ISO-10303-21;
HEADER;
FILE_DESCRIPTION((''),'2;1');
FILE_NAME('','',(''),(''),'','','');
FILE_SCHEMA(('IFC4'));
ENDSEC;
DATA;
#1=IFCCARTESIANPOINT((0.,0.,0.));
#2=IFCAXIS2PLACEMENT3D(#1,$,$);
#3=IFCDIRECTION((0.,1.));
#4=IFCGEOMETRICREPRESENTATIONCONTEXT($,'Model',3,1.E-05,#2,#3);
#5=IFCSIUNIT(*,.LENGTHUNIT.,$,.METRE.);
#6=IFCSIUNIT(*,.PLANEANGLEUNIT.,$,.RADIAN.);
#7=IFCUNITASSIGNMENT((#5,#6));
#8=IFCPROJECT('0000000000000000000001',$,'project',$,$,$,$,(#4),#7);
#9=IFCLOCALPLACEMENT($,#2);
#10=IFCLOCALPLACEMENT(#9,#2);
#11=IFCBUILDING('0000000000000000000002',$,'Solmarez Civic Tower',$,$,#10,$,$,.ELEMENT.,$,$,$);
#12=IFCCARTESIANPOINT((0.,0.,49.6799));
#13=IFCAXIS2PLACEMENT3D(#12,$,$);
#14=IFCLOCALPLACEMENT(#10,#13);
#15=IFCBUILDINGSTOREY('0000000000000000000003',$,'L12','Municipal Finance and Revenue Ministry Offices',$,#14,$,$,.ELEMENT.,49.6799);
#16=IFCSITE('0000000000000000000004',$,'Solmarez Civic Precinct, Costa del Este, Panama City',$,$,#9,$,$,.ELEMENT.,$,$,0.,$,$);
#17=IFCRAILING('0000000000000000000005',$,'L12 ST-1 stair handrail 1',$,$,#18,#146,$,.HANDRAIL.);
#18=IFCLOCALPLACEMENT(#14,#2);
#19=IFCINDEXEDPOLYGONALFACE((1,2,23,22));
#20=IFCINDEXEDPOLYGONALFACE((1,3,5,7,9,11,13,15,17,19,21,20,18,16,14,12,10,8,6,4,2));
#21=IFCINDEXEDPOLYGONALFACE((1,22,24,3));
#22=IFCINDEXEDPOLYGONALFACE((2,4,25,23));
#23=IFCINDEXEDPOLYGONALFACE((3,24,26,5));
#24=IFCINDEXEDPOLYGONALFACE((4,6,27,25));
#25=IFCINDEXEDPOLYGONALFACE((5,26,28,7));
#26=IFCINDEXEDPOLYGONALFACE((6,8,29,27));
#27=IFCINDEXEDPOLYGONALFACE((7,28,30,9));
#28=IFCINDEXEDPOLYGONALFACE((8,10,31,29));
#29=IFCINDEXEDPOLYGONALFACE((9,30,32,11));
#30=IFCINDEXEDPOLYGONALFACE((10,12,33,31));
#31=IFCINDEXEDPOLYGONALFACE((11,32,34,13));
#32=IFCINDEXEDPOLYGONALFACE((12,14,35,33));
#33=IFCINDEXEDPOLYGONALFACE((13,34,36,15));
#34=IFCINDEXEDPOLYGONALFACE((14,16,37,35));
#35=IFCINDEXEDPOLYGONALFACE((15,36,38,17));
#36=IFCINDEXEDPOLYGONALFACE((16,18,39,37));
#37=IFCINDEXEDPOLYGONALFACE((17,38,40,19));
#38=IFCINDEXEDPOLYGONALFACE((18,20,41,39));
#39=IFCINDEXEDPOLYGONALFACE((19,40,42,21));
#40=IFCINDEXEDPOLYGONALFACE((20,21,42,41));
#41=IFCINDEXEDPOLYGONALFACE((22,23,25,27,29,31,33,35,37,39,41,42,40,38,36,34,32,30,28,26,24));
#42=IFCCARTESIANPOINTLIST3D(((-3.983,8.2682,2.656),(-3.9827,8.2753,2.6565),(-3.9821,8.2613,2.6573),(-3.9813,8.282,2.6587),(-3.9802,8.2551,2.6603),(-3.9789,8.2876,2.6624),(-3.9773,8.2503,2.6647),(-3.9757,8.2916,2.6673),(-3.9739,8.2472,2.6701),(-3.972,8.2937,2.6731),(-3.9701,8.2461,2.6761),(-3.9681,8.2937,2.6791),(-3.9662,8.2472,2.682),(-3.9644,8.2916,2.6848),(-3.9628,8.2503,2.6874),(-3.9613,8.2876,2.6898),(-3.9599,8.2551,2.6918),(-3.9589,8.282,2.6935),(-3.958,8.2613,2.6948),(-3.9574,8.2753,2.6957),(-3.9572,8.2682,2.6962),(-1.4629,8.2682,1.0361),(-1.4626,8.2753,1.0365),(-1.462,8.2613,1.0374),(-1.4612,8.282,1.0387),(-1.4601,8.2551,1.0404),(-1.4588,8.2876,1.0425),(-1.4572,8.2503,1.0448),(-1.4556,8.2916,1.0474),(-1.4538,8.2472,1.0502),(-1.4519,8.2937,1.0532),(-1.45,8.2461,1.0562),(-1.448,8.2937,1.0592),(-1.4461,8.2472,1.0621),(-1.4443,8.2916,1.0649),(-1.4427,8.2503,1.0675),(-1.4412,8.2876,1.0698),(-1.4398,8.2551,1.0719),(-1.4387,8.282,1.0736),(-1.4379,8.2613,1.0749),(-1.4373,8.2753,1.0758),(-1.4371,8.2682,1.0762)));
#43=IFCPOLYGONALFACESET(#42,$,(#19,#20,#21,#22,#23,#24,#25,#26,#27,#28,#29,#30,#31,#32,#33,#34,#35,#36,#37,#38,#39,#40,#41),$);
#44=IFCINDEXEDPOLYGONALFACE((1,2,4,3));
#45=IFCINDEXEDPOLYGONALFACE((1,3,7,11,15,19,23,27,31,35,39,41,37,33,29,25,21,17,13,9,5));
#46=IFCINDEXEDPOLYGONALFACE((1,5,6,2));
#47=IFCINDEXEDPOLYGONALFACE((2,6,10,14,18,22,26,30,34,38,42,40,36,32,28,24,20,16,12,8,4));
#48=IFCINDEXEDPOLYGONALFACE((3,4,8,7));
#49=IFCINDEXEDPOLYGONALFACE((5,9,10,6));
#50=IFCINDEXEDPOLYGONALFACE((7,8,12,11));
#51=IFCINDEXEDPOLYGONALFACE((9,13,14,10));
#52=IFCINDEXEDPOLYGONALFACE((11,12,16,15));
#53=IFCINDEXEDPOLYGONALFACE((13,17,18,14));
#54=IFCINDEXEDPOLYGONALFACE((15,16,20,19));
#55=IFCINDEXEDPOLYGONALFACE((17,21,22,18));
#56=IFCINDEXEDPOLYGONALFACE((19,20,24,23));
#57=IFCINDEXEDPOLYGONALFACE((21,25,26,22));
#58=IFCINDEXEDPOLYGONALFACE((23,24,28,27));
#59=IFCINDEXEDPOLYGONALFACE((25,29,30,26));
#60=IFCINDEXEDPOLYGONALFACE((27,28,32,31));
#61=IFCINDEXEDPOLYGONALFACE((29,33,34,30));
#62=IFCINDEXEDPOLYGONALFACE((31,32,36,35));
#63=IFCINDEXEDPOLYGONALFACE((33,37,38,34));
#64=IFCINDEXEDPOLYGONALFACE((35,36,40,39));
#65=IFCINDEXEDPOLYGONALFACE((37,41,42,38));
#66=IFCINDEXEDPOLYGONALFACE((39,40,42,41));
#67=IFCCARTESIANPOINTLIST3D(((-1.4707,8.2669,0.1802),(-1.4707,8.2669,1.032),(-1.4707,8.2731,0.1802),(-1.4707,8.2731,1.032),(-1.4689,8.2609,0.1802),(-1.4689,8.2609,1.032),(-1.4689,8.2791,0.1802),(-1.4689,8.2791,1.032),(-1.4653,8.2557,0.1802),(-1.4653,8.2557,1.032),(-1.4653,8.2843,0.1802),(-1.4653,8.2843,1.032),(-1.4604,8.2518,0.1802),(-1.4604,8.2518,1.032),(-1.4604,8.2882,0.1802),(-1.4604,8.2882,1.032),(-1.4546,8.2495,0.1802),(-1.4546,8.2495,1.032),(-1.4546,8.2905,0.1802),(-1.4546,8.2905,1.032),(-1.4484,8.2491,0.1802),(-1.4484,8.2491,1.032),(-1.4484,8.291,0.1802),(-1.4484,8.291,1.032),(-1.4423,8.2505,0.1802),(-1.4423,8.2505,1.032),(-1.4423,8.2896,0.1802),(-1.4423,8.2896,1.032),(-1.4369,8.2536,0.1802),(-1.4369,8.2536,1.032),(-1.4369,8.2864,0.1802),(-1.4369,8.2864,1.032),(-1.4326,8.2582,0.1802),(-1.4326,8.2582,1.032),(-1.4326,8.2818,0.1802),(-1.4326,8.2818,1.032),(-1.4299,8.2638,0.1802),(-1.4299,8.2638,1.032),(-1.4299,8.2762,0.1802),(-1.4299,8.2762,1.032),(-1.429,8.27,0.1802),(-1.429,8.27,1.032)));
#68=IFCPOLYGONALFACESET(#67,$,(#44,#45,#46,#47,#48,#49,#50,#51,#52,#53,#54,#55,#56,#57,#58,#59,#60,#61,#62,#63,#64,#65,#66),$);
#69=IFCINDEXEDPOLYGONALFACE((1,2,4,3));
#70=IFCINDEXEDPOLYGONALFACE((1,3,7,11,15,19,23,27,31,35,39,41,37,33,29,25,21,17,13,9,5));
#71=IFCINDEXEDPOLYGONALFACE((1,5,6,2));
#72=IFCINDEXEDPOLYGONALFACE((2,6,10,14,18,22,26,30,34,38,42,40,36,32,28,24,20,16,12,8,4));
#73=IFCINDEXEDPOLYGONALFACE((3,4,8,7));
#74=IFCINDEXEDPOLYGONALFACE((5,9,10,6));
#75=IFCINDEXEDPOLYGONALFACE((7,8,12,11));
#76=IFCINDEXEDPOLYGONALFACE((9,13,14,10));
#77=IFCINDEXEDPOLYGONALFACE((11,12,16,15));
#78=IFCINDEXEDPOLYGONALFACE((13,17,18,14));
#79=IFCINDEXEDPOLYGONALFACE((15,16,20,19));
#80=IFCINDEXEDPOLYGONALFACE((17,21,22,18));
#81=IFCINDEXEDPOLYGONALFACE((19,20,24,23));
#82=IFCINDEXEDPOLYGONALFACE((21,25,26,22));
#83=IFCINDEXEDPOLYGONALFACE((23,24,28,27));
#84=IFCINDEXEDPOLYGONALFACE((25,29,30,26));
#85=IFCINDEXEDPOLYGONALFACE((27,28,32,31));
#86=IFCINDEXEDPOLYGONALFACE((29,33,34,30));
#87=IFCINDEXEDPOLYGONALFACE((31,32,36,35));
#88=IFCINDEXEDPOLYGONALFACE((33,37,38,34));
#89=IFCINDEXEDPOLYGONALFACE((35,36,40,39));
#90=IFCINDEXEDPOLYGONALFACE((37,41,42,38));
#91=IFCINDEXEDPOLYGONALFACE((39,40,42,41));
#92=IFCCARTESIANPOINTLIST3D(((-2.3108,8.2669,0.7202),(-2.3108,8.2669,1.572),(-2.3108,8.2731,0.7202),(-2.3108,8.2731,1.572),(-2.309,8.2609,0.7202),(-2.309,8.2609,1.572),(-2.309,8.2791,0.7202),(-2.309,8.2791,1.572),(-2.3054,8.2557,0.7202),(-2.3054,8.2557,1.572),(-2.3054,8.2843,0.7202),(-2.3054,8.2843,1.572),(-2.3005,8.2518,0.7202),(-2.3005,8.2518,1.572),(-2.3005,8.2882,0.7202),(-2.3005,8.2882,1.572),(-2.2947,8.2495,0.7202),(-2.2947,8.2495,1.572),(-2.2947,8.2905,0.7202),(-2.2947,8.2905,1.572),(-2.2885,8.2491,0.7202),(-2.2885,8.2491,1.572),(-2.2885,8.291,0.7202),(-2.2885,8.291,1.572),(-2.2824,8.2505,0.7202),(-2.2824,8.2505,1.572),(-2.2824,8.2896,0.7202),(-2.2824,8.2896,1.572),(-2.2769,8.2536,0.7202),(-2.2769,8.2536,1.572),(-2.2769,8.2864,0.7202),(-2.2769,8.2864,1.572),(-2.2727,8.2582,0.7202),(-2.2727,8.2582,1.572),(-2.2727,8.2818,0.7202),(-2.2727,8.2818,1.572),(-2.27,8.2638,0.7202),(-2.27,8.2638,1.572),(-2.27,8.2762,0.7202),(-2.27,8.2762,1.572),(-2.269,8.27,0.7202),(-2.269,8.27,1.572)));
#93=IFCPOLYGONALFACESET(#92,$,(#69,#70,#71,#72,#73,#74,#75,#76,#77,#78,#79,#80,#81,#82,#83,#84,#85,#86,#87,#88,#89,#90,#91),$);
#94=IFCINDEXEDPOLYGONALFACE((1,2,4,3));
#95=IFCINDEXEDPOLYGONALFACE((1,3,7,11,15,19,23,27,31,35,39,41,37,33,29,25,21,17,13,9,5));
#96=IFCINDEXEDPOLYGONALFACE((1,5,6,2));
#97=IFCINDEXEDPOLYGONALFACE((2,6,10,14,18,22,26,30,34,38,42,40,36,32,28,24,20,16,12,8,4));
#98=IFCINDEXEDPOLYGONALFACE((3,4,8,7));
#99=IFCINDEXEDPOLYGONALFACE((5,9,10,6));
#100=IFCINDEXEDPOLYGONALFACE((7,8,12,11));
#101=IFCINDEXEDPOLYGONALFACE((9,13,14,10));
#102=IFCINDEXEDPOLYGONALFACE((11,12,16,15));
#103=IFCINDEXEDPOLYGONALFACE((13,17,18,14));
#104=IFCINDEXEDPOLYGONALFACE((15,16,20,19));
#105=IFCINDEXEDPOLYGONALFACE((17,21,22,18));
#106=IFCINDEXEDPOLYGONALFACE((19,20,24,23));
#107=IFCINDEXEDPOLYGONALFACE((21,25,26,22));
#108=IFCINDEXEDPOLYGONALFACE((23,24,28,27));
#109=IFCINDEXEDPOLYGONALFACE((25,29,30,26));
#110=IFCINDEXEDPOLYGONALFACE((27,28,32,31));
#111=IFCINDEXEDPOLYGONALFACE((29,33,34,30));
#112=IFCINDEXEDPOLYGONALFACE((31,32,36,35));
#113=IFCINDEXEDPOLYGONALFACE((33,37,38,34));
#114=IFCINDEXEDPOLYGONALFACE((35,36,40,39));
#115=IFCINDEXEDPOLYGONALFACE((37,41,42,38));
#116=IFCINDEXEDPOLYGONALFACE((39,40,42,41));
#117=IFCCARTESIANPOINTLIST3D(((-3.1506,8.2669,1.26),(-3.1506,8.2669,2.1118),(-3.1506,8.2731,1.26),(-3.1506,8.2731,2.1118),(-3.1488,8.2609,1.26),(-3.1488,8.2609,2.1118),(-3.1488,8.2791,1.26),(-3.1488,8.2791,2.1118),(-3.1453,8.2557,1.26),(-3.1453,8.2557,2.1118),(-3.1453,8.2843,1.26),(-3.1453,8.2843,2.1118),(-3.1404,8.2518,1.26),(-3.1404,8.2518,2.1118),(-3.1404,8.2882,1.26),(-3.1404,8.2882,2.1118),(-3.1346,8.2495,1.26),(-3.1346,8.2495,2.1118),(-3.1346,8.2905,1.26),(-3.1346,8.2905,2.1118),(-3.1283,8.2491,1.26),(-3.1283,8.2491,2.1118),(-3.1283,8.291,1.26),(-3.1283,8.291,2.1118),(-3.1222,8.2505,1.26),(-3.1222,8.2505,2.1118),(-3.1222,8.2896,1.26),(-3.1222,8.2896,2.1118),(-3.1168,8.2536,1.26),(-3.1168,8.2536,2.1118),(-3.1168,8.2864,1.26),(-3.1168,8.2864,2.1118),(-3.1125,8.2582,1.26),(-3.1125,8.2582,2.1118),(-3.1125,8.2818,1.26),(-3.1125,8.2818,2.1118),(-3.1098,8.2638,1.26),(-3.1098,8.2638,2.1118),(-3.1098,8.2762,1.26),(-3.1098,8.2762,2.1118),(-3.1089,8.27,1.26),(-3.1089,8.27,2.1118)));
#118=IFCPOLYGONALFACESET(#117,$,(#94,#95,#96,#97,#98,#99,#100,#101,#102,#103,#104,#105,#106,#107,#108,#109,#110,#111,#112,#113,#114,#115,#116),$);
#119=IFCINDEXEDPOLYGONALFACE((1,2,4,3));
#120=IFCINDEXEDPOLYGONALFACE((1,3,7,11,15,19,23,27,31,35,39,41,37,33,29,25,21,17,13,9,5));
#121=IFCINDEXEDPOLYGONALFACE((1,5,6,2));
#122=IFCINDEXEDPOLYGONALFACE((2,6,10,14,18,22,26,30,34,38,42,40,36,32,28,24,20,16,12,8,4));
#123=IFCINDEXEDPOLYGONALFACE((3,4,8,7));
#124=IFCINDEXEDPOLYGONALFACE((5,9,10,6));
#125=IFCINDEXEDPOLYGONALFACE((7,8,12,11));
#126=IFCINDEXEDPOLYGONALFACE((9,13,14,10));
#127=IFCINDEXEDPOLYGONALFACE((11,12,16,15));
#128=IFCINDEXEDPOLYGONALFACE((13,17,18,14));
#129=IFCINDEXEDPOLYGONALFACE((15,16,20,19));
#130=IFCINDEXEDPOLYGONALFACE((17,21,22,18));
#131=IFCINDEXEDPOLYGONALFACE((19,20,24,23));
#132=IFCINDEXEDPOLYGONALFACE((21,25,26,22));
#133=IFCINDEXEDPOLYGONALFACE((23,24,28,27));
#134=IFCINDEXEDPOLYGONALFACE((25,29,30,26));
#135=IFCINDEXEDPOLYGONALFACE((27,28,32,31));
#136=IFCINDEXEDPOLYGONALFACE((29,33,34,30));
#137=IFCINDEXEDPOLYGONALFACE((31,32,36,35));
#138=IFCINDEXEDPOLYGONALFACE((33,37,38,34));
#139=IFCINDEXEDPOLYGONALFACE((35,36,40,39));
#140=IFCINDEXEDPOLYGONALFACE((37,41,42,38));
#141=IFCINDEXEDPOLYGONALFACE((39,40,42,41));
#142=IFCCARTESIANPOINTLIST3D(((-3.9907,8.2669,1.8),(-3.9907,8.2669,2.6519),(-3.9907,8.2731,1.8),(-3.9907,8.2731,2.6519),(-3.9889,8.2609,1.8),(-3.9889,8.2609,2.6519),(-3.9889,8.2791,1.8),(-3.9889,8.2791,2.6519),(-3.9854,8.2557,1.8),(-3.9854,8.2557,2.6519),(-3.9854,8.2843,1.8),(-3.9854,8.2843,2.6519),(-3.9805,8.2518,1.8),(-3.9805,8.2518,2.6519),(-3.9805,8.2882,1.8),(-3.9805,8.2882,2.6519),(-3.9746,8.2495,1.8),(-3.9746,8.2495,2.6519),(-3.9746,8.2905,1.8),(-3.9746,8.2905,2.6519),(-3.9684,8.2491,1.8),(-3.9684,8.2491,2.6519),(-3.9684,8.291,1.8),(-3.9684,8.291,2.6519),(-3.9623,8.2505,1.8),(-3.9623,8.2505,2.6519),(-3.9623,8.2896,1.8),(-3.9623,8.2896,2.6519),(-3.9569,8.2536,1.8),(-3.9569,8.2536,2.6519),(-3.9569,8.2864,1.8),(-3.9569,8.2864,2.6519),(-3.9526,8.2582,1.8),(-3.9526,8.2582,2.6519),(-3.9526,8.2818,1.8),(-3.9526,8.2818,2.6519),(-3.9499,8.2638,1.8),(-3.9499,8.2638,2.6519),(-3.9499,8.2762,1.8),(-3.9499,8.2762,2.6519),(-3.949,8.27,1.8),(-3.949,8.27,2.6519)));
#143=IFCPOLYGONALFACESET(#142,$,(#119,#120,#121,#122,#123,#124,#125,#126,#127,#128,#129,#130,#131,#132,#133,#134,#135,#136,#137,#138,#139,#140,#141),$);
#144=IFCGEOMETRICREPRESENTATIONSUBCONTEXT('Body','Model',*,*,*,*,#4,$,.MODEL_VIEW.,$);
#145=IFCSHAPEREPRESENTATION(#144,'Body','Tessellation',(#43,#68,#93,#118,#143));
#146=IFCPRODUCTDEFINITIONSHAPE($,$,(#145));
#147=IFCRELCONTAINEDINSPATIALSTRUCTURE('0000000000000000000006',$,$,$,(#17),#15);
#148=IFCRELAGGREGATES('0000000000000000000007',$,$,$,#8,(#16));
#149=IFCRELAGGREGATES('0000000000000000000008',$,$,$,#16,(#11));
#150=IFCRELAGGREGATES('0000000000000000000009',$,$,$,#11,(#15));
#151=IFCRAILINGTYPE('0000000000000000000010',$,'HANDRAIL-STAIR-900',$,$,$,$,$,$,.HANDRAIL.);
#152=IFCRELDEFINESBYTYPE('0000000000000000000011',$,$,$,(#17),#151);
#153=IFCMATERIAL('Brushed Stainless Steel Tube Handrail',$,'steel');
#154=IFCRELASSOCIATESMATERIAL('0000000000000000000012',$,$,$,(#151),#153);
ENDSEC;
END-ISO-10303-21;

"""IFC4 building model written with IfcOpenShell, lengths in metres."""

from ifc_helpers import new_model, si_unit, direction, frame, origin, origin_2d, place, context, subcontext, project, spatial, circle, extrude, material, type_object, element, save


model = new_model("IFC4")

# Units and contexts
model_context = context("Model", 3, precision=1e-05, world=origin(), true_north=direction((0.0, 1.0)))
body_context = subcontext(model_context, "Body", "Model", "MODEL_VIEW")
ifc_project = project(units=[si_unit("LENGTHUNIT", "METRE"), si_unit("PLANEANGLEUNIT", "RADIAN")], contexts=[model_context])

# Site, building, storey
site_placement = place(None, origin())
site = spatial("IfcSite", under=ifc_project, at=site_placement, Name="Solmarez Civic Precinct, Costa del Este, Panama City", CompositionType="ELEMENT", RefElevation=0.0)
building_placement = place(site_placement, origin())
building = spatial("IfcBuilding", under=site, at=building_placement, Name="Solmarez Civic Tower", CompositionType="ELEMENT")
storey_placement = place(building_placement, frame((0.0, 0.0, 49.6799)))
storey = spatial("IfcBuildingStorey", under=building, at=storey_placement, Name="L12", Description="Municipal Finance and Revenue Ministry Offices", CompositionType="ELEMENT", Elevation=49.6799)

# Railing
ifc_material_1 = material(Name="Brushed Stainless Steel Tube Handrail", Category="steel")
railing_type_1 = type_object("IfcRailingType", Name="HANDRAIL-STAIR-900", PredefinedType="HANDRAIL", material=ifc_material_1)
railing_1_placement = place(storey_placement, frame((-1.45, 8.27, 0.1802)))
element("IfcRailing", 1, at=railing_1_placement, inside=storey, type_object=railing_type_1, Name="L12 ST-1 stair handrail 1", PredefinedType="HANDRAIL", context=body_context, shape_type="SweptSolid", body=[
    extrude(circle(Radius=0.0239, at=origin_2d()), frame((0.0, 0.0, 0.876), z_axis=(-0.8412, 0.0, 0.540725), x_axis=(0.0, -1.0, 0.0)), (0.0, 0.0, 1.0), 2.9958),
    extrude(circle(Radius=0.021, at=origin_2d()), origin(), (0.0, 0.0, 1.0), 0.8518),
    extrude(circle(Radius=0.021, at=origin_2d()), frame((-0.8401, 0.0, 0.54)), (0.0, 0.0, 1.0), 0.8518),
    extrude(circle(Radius=0.021, at=origin_2d()), frame((-1.6799, 0.0, 1.0798)), (0.0, 0.0, 1.0), 0.8518),
    extrude(circle(Radius=0.021, at=origin_2d()), frame((-2.52, 0.0, 1.6199)), (0.0, 0.0, 1.0), 0.8518),
])

save(model, "model.ifc")
